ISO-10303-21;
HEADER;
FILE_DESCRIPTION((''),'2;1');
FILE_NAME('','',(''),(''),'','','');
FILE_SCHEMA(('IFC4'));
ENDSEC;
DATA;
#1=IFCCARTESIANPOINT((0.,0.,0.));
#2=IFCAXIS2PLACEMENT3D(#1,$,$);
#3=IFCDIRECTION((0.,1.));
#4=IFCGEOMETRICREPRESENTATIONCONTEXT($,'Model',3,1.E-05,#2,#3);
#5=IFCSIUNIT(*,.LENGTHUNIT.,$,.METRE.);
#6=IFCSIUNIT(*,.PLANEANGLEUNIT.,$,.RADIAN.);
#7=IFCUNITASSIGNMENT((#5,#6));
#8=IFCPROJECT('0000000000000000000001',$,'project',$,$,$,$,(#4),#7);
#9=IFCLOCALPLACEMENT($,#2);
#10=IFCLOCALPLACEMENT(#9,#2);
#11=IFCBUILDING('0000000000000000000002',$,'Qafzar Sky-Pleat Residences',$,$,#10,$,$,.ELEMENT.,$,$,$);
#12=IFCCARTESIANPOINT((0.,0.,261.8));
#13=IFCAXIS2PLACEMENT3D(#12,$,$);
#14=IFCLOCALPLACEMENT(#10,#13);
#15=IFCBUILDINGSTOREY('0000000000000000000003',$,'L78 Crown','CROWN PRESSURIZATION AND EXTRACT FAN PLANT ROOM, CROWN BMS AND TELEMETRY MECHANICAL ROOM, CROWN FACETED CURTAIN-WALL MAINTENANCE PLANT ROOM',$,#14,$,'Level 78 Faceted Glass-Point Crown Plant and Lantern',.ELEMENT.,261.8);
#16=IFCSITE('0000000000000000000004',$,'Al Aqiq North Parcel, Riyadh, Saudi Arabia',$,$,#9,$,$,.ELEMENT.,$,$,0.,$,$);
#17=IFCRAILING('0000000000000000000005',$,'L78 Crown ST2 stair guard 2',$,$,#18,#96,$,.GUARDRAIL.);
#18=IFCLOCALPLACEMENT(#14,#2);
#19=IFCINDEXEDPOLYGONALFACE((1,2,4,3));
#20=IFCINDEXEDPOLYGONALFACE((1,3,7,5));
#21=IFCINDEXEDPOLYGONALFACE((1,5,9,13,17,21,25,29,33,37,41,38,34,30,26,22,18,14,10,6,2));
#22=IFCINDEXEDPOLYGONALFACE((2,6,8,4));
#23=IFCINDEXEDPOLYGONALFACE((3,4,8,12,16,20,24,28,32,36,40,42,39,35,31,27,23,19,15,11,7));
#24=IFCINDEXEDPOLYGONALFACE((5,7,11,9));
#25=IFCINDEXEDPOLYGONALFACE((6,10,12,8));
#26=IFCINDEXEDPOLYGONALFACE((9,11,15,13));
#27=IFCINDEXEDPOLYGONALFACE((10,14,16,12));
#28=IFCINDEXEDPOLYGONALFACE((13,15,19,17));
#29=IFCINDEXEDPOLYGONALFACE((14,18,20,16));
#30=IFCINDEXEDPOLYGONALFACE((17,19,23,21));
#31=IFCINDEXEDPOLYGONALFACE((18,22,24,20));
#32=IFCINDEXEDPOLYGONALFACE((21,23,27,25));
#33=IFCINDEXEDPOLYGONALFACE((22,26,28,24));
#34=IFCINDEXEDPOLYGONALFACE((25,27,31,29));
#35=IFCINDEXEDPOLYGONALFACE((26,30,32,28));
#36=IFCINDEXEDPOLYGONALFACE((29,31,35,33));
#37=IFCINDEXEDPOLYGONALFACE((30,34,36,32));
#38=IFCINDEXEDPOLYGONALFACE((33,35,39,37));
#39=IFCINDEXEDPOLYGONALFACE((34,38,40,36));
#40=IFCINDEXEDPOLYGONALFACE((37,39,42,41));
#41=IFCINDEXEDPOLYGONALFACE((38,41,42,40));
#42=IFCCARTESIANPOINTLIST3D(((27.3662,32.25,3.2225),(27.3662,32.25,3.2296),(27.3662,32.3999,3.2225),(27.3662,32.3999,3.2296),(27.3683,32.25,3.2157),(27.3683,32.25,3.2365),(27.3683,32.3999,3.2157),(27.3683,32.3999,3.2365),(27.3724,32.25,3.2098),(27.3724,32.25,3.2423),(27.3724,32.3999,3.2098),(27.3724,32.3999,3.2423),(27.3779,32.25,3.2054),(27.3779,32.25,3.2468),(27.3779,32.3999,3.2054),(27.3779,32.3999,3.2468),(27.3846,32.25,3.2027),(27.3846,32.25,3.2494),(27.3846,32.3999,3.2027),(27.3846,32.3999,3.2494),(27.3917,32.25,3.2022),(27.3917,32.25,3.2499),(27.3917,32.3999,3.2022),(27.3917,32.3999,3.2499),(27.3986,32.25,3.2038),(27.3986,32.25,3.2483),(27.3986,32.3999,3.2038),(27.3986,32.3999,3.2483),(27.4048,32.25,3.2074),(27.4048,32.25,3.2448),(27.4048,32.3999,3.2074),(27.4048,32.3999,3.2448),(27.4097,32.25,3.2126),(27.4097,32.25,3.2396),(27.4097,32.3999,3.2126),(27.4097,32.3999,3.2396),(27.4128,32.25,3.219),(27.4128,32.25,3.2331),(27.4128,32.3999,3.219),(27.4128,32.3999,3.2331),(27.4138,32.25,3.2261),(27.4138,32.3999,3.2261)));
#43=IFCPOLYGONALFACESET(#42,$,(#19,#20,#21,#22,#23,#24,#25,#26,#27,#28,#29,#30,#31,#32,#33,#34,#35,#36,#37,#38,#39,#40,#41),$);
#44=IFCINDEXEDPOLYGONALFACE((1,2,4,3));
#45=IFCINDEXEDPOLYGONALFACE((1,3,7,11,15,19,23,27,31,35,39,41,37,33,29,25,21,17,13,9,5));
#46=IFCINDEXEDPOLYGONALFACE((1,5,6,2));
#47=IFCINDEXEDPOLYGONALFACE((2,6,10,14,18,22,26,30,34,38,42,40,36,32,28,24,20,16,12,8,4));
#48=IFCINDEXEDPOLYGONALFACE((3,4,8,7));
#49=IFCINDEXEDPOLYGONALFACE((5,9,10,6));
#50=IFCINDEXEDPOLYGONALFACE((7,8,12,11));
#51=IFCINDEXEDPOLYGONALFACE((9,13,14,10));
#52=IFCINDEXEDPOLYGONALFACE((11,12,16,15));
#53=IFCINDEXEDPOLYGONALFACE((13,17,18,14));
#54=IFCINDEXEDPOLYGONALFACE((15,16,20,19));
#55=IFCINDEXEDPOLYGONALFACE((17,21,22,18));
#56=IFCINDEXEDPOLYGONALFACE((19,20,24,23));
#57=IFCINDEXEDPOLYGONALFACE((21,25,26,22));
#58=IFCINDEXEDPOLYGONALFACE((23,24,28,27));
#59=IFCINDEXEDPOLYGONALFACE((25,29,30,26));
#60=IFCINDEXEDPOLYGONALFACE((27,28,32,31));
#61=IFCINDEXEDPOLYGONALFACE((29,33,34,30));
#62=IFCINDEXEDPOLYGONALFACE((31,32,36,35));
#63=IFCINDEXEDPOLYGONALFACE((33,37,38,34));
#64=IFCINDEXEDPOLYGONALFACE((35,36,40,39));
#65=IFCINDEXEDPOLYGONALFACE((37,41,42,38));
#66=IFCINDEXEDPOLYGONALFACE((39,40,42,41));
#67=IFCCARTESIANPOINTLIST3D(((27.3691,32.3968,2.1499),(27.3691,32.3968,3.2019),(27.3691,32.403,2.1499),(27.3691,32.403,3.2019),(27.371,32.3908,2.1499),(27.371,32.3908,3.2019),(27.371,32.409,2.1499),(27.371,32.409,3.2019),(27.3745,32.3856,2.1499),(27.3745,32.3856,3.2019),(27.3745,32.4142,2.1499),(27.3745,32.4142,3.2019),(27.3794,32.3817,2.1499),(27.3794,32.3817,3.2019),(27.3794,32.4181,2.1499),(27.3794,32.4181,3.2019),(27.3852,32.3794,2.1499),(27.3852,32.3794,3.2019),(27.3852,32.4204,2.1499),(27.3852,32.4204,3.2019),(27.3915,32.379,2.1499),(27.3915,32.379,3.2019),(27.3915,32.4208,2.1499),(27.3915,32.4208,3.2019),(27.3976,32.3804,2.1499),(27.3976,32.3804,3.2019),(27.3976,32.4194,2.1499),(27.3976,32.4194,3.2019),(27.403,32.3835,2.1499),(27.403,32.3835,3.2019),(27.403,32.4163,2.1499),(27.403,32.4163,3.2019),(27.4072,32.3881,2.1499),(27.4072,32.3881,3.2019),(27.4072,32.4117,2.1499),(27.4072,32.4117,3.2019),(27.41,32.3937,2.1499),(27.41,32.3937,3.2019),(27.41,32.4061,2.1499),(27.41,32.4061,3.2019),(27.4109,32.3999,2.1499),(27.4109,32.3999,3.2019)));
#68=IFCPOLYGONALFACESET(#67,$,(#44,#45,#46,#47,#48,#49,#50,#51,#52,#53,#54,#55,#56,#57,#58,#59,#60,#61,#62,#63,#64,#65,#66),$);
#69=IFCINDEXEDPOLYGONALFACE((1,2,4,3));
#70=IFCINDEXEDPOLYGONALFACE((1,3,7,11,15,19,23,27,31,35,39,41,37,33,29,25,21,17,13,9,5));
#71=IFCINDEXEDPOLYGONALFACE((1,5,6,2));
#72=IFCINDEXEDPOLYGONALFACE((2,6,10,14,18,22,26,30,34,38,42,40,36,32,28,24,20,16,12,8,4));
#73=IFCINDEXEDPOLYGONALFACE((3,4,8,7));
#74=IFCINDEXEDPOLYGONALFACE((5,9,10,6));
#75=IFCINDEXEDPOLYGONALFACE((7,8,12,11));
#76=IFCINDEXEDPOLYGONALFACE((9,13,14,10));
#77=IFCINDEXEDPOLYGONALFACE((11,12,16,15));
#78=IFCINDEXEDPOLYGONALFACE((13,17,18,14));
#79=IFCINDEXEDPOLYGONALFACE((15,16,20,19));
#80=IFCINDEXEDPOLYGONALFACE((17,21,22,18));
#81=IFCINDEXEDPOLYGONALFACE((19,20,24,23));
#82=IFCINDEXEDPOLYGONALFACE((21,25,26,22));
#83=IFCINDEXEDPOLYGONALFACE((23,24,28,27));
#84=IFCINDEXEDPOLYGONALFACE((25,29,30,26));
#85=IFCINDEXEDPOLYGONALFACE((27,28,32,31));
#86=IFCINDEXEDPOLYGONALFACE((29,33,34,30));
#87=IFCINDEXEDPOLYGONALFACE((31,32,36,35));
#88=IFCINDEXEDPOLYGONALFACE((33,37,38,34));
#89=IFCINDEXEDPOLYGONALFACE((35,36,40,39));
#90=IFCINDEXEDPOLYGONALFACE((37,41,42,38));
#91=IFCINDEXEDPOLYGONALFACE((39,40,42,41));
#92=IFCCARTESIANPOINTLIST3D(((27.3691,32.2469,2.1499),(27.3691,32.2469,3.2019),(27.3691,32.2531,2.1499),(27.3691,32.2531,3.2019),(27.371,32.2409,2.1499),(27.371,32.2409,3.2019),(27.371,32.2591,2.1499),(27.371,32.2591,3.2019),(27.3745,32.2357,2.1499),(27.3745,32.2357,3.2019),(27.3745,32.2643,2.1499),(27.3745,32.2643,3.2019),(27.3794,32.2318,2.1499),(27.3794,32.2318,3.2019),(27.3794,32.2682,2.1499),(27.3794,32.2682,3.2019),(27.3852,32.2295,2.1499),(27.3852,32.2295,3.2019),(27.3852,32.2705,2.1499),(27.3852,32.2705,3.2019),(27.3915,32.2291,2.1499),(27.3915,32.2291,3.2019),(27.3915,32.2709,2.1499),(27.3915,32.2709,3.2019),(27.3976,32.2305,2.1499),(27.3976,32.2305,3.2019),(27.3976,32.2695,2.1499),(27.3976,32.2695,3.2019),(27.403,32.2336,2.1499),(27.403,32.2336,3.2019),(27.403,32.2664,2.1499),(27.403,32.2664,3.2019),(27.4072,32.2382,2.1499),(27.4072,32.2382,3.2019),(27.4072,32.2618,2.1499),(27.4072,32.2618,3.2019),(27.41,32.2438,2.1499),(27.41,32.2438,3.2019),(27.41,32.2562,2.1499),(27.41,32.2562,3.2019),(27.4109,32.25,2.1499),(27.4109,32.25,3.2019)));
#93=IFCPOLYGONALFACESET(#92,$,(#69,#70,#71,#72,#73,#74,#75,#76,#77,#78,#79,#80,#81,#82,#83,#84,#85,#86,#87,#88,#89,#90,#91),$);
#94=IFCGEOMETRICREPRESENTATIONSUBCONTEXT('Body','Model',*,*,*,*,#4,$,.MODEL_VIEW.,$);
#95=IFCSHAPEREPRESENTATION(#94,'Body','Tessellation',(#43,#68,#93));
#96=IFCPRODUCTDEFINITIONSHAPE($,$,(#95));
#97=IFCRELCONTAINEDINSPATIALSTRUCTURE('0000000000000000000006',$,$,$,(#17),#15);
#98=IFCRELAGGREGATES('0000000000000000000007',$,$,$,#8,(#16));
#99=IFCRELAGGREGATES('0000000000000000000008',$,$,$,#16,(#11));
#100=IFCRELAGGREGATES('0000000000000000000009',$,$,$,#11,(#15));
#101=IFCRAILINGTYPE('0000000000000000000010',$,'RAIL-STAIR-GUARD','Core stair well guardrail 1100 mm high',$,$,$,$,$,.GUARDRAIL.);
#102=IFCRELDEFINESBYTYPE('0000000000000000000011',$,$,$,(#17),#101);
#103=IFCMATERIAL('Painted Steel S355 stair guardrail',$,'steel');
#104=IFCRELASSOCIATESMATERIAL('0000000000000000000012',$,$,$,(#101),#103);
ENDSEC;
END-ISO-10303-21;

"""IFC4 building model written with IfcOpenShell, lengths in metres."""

from ifc_helpers import new_model, si_unit, direction, frame, origin, origin_2d, place, context, subcontext, project, spatial, circle, extrude, source, transform, mapped, material, type_object, element, save


model = new_model("IFC4")

# Units and contexts
model_context = context("Model", 3, precision=1e-05, world=origin(), true_north=direction((0.0, 1.0)))
body_context = subcontext(model_context, "Body", "Model", "MODEL_VIEW")
ifc_project = project(units=[si_unit("LENGTHUNIT", "METRE"), si_unit("PLANEANGLEUNIT", "RADIAN")], contexts=[model_context])

# Site, building, storey
site_placement = place(None, origin())
site = spatial("IfcSite", under=ifc_project, at=site_placement, Name="Al Aqiq North Parcel, Riyadh, Saudi Arabia", CompositionType="ELEMENT", RefElevation=0.0)
building_placement = place(site_placement, origin())
building = spatial("IfcBuilding", under=site, at=building_placement, Name="Qafzar Sky-Pleat Residences", CompositionType="ELEMENT")
storey_placement = place(building_placement, frame((0.0, 0.0, 261.8)))
storey = spatial("IfcBuildingStorey", under=building, at=storey_placement, Name="L78 Crown", Description="CROWN PRESSURIZATION AND EXTRACT FAN PLANT ROOM, CROWN BMS AND TELEMETRY MECHANICAL ROOM, CROWN FACETED CURTAIN-WALL MAINTENANCE PLANT ROOM", LongName="Level 78 Faceted Glass-Point Crown Plant and Lantern", CompositionType="ELEMENT", Elevation=261.8)

# Railing
ifc_material_1 = material(Name="Painted Steel S355 stair guardrail", Category="steel")
railing_type_1 = type_object("IfcRailingType", Name="RAIL-STAIR-GUARD", Description="Core stair well guardrail 1100 mm high", PredefinedType="GUARDRAIL", material=ifc_material_1)
shared_shape_1 = source(origin(), body_context, "Body", "SweptSolid", [
    extrude(circle(Radius=0.0239, at=origin_2d()), frame((0.0, 0.0, 1.0762), z_axis=(0.0, -1.0, 0.0), x_axis=(1.0, 0.0, 0.0)), (0.0, 0.0, 1.0), 0.1499),
    extrude(circle(Radius=0.021, at=origin_2d()), origin(), (0.0, 0.0, 1.0), 1.052),
    extrude(circle(Radius=0.021, at=origin_2d()), frame((0.0, -0.1499, 0.0)), (0.0, 0.0, 1.0), 1.052),
])
railing_1_placement = place(storey_placement, frame((27.3899, 32.3999, 2.1499)))
element("IfcRailing", 1, at=railing_1_placement, inside=storey, type_object=railing_type_1, Name="L78 Crown ST2 stair guard 2", PredefinedType="GUARDRAIL", context=body_context, shape_type="MappedRepresentation", body=[
    mapped(shared_shape_1, transform((0.0, 0.0, 0.0), x_axis=(1.0, 0.0, 0.0), y_axis=(0.0, 1.0, 0.0), z_axis=(0.0, 0.0, 1.0), scale=1.0)),
])

save(model, "model.ifc")
